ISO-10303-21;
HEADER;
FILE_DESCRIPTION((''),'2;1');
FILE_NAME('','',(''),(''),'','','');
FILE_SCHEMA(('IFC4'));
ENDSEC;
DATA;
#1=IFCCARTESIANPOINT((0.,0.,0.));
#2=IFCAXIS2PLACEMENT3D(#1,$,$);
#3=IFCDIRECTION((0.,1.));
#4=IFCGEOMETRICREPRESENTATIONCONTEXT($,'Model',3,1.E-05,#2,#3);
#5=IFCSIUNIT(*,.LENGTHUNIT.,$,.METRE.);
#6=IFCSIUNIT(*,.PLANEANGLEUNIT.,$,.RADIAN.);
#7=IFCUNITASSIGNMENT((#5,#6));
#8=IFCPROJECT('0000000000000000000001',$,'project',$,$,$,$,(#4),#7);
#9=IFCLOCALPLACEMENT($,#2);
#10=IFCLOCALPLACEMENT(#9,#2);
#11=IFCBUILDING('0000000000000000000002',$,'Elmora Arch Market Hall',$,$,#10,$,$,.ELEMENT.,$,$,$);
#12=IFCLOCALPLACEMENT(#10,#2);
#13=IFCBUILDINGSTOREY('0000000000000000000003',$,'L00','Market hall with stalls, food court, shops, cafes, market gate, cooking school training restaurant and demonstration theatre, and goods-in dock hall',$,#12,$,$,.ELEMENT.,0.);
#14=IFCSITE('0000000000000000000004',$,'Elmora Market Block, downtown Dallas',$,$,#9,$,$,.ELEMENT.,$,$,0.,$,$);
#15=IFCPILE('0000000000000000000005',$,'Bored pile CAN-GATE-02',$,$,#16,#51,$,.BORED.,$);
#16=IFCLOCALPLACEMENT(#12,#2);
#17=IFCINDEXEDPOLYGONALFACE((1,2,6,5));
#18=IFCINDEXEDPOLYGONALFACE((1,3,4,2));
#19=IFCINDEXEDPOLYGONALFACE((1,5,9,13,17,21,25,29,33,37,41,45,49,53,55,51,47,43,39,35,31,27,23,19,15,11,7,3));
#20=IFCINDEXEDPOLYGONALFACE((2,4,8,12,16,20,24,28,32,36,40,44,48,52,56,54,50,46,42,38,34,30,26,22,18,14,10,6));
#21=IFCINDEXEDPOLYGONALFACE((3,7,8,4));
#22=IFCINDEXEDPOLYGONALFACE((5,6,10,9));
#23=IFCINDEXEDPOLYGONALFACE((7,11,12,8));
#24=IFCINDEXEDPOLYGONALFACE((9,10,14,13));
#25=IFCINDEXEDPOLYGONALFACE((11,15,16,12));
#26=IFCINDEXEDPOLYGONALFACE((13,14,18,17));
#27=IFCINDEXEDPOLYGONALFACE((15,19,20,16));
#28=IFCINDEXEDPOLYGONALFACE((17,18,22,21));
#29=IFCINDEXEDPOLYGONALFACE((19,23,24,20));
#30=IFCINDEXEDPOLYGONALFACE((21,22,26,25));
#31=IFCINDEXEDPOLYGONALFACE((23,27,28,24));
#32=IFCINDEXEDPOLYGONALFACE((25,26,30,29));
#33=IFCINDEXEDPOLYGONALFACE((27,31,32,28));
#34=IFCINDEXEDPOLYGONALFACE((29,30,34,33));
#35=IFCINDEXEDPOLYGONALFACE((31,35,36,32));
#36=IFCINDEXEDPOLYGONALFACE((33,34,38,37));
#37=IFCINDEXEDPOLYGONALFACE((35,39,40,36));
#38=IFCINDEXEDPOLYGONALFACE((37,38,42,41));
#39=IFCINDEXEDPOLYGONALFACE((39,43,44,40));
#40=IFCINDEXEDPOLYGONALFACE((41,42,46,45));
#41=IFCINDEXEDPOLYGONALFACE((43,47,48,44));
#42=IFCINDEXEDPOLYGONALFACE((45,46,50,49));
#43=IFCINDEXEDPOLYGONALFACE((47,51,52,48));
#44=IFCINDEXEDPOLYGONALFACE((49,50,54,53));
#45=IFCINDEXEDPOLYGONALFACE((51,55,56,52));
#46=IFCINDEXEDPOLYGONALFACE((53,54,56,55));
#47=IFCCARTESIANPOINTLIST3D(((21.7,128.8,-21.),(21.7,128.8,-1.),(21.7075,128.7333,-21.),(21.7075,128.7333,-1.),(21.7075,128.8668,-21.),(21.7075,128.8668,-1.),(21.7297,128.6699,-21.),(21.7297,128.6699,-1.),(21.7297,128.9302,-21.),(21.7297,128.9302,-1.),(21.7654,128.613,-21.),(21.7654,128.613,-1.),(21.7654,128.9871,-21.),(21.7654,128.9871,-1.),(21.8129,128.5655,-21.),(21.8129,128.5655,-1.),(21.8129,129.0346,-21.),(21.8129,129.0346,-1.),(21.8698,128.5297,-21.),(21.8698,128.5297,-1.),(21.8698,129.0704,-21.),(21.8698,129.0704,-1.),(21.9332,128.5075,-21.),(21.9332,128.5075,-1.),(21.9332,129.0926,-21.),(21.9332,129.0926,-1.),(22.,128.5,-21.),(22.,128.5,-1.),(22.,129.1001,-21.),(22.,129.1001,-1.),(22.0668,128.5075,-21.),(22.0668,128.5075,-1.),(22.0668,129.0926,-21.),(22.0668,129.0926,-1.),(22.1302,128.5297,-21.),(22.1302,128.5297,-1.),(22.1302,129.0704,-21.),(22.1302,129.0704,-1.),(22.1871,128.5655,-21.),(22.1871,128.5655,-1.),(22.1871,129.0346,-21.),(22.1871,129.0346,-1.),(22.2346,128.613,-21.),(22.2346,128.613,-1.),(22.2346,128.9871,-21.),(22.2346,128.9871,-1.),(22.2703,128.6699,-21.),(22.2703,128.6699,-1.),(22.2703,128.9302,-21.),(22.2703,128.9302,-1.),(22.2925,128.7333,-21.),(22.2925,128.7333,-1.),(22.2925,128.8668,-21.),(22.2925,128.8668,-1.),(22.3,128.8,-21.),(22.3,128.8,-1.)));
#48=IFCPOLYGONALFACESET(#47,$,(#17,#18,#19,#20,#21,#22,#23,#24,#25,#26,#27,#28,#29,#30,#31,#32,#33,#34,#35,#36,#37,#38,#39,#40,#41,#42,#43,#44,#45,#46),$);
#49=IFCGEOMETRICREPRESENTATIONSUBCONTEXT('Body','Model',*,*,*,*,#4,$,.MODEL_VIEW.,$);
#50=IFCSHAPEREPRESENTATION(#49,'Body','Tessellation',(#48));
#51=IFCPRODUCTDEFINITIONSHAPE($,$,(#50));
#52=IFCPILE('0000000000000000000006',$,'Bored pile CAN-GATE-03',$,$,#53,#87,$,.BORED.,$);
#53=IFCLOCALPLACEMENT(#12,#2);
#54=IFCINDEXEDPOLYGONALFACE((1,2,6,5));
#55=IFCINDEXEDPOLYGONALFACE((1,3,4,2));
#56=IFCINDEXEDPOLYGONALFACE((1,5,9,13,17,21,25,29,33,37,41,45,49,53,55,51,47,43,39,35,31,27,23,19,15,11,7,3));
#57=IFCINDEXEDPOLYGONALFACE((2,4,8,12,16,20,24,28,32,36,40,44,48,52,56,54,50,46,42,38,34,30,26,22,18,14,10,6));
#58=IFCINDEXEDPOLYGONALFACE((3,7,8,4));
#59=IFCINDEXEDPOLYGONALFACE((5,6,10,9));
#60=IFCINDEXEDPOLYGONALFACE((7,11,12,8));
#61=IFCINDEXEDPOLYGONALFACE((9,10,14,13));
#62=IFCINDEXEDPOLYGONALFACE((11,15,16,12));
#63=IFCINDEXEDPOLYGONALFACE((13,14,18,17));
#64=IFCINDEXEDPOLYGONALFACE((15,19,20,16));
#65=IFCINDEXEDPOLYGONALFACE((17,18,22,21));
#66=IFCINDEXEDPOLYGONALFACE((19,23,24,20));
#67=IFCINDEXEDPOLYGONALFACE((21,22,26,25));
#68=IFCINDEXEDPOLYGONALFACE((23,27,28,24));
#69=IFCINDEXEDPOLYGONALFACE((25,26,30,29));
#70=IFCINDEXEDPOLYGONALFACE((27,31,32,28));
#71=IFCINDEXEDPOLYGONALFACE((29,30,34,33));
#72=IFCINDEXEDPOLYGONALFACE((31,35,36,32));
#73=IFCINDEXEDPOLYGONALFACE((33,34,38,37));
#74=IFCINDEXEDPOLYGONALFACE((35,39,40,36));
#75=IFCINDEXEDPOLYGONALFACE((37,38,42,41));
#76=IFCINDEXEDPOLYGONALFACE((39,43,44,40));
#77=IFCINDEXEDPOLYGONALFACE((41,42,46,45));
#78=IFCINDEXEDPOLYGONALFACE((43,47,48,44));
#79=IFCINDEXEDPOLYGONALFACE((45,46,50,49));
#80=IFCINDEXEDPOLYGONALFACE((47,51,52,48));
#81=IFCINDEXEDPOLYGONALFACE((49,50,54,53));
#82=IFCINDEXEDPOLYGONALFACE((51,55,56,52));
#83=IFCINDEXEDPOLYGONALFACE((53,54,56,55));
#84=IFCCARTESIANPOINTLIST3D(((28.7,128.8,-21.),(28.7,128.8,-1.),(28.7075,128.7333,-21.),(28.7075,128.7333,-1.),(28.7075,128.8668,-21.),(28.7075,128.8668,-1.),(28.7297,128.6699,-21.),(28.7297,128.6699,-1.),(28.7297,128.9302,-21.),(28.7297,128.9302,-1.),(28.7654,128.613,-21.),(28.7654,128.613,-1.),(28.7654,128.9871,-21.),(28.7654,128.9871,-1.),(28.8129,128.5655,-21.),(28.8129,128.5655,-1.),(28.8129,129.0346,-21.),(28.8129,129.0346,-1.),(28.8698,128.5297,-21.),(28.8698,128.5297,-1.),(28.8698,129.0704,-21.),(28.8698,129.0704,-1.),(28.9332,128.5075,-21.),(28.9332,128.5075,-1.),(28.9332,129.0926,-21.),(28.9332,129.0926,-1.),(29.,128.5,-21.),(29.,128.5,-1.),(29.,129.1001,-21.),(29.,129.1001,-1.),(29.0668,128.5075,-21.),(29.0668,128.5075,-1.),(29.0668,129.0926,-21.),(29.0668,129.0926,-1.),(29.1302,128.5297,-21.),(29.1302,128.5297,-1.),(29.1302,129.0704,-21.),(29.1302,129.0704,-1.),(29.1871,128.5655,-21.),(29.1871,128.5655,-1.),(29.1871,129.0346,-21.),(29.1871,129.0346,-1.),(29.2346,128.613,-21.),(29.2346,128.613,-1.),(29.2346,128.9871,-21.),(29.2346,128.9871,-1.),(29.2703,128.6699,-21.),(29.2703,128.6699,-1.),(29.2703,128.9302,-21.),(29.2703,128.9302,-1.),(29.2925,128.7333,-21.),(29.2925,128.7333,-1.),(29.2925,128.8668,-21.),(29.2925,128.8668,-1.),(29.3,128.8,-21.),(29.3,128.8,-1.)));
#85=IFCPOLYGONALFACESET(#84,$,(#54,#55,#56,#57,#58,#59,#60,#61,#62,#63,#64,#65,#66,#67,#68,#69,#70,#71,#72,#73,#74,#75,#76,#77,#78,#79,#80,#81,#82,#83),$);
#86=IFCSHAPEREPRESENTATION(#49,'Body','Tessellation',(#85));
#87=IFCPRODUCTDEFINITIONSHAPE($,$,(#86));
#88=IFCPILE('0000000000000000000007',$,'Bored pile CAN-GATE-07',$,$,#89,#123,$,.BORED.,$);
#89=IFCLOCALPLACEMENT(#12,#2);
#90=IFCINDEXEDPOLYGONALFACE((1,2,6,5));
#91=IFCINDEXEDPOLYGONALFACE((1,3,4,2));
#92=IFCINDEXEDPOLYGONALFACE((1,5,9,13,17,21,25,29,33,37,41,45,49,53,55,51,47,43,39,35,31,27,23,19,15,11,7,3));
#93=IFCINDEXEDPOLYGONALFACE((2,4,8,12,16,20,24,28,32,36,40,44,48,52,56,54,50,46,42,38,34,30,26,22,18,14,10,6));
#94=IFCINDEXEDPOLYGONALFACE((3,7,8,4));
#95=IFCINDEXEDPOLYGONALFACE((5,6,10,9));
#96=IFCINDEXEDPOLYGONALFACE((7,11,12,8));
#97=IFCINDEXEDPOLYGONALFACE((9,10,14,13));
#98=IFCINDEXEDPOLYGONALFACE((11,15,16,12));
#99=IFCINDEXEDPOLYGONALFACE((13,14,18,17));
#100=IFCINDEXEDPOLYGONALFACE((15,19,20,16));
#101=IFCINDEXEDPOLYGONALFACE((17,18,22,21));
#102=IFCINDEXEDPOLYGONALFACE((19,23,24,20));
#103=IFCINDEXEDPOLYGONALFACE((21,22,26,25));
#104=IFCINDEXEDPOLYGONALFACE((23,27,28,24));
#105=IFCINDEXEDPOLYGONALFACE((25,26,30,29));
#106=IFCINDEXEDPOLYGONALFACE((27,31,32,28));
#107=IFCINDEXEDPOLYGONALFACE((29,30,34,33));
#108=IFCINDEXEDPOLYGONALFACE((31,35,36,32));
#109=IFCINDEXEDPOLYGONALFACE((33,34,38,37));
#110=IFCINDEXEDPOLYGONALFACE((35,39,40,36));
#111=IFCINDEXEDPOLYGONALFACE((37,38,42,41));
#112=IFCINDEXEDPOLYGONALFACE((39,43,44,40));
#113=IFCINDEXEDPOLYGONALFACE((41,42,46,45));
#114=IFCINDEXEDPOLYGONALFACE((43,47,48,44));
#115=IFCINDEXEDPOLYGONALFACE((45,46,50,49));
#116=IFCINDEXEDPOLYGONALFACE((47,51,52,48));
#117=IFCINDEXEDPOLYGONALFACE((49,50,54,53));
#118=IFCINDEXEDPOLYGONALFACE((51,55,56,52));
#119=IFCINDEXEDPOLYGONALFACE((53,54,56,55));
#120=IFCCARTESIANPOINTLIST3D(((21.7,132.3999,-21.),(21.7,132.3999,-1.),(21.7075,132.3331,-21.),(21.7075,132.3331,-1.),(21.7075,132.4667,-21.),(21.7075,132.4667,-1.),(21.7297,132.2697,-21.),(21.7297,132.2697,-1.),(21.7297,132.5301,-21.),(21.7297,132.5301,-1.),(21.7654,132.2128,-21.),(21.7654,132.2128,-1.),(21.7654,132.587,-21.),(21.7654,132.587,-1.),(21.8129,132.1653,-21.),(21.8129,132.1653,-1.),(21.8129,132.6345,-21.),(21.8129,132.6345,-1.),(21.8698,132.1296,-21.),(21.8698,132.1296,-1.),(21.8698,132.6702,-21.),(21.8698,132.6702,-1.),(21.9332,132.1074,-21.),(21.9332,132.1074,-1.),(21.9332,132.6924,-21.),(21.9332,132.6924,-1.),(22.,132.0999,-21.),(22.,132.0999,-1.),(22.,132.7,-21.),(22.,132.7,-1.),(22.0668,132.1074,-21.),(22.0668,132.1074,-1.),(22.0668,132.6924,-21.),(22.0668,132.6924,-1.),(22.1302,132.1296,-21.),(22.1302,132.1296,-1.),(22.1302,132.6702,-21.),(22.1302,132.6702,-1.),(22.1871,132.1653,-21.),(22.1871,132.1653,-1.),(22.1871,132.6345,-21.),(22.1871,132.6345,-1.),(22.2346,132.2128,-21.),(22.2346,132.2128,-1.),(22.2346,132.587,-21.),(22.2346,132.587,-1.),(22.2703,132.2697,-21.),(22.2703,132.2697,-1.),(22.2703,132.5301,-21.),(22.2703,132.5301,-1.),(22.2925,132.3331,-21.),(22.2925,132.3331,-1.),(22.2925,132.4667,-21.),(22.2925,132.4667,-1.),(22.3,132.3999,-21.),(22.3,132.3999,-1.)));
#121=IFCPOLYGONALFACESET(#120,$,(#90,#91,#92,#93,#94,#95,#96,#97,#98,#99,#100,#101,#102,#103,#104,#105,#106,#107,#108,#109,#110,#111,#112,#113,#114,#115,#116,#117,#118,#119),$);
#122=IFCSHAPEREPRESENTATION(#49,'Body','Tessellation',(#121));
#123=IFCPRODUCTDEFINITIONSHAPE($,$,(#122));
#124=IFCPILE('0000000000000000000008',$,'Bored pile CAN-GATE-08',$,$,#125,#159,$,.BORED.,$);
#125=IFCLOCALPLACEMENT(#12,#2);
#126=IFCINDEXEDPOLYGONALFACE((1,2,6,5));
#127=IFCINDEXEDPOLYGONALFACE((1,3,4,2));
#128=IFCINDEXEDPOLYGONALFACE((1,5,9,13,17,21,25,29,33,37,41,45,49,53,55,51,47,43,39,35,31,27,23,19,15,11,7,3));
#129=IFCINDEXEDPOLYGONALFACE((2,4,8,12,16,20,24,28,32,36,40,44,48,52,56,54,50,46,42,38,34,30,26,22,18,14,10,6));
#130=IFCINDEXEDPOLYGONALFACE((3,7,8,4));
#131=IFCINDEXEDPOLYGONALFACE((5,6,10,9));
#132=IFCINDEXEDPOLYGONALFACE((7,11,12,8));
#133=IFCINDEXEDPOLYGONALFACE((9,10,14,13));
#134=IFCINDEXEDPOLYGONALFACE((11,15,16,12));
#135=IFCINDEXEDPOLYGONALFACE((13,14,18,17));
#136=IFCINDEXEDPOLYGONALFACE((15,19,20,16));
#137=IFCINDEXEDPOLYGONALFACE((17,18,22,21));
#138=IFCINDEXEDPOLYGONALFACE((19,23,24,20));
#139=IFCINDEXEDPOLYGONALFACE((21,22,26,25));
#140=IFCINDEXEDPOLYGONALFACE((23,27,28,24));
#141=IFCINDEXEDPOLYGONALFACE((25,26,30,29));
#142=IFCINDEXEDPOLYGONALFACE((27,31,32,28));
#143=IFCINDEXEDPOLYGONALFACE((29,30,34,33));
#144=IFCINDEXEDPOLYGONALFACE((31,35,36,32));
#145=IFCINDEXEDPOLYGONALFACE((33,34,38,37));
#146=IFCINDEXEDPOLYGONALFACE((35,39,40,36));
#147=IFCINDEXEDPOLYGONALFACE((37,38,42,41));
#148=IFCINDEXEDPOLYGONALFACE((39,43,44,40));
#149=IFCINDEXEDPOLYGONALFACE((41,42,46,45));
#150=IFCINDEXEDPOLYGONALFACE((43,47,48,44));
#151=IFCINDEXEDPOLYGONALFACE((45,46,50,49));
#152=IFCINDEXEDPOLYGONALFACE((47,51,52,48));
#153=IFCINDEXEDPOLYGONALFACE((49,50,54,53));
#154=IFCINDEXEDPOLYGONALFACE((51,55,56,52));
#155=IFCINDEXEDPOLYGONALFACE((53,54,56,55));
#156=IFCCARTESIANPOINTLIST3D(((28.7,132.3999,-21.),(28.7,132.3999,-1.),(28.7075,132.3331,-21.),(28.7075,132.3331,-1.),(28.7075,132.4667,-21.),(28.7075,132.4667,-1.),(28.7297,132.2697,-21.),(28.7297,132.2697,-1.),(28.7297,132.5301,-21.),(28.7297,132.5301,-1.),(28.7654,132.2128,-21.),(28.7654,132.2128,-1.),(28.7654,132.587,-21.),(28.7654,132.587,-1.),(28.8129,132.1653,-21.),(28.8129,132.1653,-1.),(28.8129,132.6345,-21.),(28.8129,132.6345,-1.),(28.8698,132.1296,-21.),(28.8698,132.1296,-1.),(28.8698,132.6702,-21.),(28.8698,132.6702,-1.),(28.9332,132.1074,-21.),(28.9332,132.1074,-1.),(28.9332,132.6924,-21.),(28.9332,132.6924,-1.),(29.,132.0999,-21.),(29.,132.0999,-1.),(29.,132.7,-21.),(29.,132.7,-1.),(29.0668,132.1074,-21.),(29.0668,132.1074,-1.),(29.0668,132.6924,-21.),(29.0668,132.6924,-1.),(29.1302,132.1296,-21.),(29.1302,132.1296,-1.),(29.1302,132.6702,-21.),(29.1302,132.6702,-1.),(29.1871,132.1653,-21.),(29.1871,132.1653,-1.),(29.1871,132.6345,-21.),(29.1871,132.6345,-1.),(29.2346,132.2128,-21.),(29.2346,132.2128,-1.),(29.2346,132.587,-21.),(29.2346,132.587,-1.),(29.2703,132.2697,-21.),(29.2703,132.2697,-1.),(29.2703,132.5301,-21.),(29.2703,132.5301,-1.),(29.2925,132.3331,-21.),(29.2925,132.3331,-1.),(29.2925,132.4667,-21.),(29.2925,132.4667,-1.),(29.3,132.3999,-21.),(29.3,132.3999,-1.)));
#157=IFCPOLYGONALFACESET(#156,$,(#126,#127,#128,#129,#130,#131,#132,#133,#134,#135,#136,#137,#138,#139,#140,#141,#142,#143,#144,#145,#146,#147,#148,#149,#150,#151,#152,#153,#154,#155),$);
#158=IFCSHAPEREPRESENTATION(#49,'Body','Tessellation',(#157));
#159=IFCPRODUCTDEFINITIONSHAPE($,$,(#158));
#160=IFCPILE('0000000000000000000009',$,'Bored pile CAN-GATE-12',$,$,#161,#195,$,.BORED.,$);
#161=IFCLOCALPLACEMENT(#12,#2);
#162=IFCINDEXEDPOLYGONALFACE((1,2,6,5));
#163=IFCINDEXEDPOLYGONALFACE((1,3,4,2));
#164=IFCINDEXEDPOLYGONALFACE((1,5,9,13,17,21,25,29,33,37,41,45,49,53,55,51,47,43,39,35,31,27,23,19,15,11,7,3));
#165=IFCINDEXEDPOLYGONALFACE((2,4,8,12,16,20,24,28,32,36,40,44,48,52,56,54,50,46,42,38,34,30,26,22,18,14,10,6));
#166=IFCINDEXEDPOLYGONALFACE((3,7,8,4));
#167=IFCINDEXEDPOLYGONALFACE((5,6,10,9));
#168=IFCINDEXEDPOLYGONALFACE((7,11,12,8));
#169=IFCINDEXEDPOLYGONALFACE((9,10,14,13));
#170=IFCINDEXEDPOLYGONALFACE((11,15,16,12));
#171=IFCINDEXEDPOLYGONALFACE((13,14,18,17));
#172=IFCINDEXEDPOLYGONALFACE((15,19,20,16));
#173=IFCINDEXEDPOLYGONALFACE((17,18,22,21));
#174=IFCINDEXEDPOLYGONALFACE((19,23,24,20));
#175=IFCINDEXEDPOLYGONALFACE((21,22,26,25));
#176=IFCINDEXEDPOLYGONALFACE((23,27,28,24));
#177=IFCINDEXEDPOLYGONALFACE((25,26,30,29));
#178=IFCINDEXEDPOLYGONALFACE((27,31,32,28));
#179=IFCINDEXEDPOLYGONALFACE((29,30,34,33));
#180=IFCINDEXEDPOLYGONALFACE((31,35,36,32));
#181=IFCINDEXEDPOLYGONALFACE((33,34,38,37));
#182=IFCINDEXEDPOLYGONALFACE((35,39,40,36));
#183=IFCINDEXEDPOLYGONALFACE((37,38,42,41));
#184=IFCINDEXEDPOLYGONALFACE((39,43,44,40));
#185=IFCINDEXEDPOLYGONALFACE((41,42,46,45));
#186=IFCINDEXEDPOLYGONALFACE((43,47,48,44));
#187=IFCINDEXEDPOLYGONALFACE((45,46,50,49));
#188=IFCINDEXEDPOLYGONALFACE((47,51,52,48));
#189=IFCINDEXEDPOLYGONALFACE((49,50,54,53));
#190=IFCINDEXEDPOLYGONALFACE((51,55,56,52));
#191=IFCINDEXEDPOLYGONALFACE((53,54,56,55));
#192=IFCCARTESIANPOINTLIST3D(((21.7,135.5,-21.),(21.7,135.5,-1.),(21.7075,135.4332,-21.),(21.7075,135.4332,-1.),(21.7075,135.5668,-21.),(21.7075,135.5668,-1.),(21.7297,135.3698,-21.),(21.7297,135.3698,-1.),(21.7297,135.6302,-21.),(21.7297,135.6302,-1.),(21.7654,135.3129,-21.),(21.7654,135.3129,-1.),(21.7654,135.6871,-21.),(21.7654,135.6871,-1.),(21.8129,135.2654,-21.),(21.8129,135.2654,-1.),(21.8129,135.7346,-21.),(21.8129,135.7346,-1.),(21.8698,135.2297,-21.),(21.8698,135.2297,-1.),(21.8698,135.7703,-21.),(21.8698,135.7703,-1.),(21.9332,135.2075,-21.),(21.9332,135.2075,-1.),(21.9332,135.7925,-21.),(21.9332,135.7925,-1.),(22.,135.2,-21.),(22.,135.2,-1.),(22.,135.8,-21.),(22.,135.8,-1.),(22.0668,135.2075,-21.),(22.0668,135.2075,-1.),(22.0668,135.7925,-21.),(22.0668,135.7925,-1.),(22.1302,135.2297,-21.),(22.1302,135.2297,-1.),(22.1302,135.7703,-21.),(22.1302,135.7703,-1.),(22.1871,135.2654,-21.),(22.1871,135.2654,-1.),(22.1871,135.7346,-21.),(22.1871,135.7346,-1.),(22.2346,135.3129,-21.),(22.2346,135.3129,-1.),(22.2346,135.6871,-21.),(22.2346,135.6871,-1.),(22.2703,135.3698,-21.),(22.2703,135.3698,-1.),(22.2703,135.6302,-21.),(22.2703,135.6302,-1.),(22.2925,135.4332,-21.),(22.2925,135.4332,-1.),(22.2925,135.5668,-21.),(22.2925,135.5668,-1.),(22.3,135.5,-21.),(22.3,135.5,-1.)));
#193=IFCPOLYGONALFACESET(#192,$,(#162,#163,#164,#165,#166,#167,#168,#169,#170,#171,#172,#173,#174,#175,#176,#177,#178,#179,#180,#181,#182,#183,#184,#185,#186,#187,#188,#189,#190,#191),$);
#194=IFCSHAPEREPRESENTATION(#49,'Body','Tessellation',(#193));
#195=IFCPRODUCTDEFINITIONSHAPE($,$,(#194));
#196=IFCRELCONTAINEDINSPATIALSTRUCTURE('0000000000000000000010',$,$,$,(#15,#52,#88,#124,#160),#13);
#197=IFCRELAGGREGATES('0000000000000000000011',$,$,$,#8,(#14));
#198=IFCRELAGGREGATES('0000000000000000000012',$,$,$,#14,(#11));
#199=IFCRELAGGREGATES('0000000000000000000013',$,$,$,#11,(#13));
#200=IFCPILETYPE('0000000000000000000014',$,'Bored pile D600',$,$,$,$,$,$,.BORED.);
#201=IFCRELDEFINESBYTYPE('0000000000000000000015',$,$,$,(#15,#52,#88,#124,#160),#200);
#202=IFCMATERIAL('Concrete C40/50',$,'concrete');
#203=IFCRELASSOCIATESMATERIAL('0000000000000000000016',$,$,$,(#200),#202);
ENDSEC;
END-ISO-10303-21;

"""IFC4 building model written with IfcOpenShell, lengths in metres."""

from ifc_helpers import new_model, si_unit, direction, frame, origin, origin_2d, place, context, subcontext, project, spatial, circle, extrude, material, material_profile, profile_set, type_object, element, save


model = new_model("IFC4")

# Units and contexts
model_context = context("Model", 3, precision=1e-05, world=origin(), true_north=direction((0.0, 1.0)))
body_context = subcontext(model_context, "Body", "Model", "MODEL_VIEW")
ifc_project = project(units=[si_unit("LENGTHUNIT", "METRE"), si_unit("PLANEANGLEUNIT", "RADIAN")], contexts=[model_context])

# Site, building, storey
site_placement = place(None, origin())
site = spatial("IfcSite", under=ifc_project, at=site_placement, Name="Elmora Market Block, downtown Dallas", CompositionType="ELEMENT", RefElevation=0.0)
building_placement = place(site_placement, origin())
building = spatial("IfcBuilding", under=site, at=building_placement, Name="Elmora Arch Market Hall", CompositionType="ELEMENT")
storey_placement = place(building_placement, origin())
storey = spatial("IfcBuildingStorey", under=building, at=storey_placement, Name="L00", Description="Market hall with stalls, food court, shops, cafes, market gate, cooking school training restaurant and demonstration theatre, and goods-in dock hall", CompositionType="ELEMENT", Elevation=0.0)

# Piles
ifc_material_1 = material(Name="Concrete C40/50", Category="concrete")
ifc_material_profile_1 = material_profile(ifc_material_1, circle(Radius=0.3, at=origin_2d()), Name="Bored pile D600")
ifc_profile_set_1 = profile_set([ifc_material_profile_1], Name="Concrete C40/50")
pile_type = type_object("IfcPileType", Name="Bored pile D600", PredefinedType="BORED", material=ifc_profile_set_1)
for number, where, z_axis, x_axis, name in (
    (1, (22.0, 128.8, -1.0), (0.0, 0.0, -1.0), (1.0, 0.0, 0.0), "Bored pile CAN-GATE-02"),
    (2, (29.0, 128.8, -1.0), (0.0, 0.0, -1.0), (1.0, 0.0, 0.0), "Bored pile CAN-GATE-03"),
    (3, (22.0, 132.3999, -1.0), (0.0, 0.0, -1.0), (1.0, 0.0, 0.0), "Bored pile CAN-GATE-07"),
    (4, (29.0, 132.3999, -1.0), (0.0, 0.0, -1.0), (1.0, 0.0, 0.0), "Bored pile CAN-GATE-08"),
    (5, (22.0, 135.5, -1.0), (0.0, 0.0, -1.0), (1.0, 0.0, 0.0), "Bored pile CAN-GATE-12"),
):
    element("IfcPile", number, at=place(storey_placement, frame(where, z_axis=z_axis, x_axis=x_axis)), inside=storey, type_object=pile_type, Name=name, PredefinedType="BORED", context=body_context, shape_type="SweptSolid", body=[
        extrude(circle(Radius=0.3, at=origin_2d()), origin(), (0.0, 0.0, 1.0), 20.0),
    ])

save(model, "model.ifc")
